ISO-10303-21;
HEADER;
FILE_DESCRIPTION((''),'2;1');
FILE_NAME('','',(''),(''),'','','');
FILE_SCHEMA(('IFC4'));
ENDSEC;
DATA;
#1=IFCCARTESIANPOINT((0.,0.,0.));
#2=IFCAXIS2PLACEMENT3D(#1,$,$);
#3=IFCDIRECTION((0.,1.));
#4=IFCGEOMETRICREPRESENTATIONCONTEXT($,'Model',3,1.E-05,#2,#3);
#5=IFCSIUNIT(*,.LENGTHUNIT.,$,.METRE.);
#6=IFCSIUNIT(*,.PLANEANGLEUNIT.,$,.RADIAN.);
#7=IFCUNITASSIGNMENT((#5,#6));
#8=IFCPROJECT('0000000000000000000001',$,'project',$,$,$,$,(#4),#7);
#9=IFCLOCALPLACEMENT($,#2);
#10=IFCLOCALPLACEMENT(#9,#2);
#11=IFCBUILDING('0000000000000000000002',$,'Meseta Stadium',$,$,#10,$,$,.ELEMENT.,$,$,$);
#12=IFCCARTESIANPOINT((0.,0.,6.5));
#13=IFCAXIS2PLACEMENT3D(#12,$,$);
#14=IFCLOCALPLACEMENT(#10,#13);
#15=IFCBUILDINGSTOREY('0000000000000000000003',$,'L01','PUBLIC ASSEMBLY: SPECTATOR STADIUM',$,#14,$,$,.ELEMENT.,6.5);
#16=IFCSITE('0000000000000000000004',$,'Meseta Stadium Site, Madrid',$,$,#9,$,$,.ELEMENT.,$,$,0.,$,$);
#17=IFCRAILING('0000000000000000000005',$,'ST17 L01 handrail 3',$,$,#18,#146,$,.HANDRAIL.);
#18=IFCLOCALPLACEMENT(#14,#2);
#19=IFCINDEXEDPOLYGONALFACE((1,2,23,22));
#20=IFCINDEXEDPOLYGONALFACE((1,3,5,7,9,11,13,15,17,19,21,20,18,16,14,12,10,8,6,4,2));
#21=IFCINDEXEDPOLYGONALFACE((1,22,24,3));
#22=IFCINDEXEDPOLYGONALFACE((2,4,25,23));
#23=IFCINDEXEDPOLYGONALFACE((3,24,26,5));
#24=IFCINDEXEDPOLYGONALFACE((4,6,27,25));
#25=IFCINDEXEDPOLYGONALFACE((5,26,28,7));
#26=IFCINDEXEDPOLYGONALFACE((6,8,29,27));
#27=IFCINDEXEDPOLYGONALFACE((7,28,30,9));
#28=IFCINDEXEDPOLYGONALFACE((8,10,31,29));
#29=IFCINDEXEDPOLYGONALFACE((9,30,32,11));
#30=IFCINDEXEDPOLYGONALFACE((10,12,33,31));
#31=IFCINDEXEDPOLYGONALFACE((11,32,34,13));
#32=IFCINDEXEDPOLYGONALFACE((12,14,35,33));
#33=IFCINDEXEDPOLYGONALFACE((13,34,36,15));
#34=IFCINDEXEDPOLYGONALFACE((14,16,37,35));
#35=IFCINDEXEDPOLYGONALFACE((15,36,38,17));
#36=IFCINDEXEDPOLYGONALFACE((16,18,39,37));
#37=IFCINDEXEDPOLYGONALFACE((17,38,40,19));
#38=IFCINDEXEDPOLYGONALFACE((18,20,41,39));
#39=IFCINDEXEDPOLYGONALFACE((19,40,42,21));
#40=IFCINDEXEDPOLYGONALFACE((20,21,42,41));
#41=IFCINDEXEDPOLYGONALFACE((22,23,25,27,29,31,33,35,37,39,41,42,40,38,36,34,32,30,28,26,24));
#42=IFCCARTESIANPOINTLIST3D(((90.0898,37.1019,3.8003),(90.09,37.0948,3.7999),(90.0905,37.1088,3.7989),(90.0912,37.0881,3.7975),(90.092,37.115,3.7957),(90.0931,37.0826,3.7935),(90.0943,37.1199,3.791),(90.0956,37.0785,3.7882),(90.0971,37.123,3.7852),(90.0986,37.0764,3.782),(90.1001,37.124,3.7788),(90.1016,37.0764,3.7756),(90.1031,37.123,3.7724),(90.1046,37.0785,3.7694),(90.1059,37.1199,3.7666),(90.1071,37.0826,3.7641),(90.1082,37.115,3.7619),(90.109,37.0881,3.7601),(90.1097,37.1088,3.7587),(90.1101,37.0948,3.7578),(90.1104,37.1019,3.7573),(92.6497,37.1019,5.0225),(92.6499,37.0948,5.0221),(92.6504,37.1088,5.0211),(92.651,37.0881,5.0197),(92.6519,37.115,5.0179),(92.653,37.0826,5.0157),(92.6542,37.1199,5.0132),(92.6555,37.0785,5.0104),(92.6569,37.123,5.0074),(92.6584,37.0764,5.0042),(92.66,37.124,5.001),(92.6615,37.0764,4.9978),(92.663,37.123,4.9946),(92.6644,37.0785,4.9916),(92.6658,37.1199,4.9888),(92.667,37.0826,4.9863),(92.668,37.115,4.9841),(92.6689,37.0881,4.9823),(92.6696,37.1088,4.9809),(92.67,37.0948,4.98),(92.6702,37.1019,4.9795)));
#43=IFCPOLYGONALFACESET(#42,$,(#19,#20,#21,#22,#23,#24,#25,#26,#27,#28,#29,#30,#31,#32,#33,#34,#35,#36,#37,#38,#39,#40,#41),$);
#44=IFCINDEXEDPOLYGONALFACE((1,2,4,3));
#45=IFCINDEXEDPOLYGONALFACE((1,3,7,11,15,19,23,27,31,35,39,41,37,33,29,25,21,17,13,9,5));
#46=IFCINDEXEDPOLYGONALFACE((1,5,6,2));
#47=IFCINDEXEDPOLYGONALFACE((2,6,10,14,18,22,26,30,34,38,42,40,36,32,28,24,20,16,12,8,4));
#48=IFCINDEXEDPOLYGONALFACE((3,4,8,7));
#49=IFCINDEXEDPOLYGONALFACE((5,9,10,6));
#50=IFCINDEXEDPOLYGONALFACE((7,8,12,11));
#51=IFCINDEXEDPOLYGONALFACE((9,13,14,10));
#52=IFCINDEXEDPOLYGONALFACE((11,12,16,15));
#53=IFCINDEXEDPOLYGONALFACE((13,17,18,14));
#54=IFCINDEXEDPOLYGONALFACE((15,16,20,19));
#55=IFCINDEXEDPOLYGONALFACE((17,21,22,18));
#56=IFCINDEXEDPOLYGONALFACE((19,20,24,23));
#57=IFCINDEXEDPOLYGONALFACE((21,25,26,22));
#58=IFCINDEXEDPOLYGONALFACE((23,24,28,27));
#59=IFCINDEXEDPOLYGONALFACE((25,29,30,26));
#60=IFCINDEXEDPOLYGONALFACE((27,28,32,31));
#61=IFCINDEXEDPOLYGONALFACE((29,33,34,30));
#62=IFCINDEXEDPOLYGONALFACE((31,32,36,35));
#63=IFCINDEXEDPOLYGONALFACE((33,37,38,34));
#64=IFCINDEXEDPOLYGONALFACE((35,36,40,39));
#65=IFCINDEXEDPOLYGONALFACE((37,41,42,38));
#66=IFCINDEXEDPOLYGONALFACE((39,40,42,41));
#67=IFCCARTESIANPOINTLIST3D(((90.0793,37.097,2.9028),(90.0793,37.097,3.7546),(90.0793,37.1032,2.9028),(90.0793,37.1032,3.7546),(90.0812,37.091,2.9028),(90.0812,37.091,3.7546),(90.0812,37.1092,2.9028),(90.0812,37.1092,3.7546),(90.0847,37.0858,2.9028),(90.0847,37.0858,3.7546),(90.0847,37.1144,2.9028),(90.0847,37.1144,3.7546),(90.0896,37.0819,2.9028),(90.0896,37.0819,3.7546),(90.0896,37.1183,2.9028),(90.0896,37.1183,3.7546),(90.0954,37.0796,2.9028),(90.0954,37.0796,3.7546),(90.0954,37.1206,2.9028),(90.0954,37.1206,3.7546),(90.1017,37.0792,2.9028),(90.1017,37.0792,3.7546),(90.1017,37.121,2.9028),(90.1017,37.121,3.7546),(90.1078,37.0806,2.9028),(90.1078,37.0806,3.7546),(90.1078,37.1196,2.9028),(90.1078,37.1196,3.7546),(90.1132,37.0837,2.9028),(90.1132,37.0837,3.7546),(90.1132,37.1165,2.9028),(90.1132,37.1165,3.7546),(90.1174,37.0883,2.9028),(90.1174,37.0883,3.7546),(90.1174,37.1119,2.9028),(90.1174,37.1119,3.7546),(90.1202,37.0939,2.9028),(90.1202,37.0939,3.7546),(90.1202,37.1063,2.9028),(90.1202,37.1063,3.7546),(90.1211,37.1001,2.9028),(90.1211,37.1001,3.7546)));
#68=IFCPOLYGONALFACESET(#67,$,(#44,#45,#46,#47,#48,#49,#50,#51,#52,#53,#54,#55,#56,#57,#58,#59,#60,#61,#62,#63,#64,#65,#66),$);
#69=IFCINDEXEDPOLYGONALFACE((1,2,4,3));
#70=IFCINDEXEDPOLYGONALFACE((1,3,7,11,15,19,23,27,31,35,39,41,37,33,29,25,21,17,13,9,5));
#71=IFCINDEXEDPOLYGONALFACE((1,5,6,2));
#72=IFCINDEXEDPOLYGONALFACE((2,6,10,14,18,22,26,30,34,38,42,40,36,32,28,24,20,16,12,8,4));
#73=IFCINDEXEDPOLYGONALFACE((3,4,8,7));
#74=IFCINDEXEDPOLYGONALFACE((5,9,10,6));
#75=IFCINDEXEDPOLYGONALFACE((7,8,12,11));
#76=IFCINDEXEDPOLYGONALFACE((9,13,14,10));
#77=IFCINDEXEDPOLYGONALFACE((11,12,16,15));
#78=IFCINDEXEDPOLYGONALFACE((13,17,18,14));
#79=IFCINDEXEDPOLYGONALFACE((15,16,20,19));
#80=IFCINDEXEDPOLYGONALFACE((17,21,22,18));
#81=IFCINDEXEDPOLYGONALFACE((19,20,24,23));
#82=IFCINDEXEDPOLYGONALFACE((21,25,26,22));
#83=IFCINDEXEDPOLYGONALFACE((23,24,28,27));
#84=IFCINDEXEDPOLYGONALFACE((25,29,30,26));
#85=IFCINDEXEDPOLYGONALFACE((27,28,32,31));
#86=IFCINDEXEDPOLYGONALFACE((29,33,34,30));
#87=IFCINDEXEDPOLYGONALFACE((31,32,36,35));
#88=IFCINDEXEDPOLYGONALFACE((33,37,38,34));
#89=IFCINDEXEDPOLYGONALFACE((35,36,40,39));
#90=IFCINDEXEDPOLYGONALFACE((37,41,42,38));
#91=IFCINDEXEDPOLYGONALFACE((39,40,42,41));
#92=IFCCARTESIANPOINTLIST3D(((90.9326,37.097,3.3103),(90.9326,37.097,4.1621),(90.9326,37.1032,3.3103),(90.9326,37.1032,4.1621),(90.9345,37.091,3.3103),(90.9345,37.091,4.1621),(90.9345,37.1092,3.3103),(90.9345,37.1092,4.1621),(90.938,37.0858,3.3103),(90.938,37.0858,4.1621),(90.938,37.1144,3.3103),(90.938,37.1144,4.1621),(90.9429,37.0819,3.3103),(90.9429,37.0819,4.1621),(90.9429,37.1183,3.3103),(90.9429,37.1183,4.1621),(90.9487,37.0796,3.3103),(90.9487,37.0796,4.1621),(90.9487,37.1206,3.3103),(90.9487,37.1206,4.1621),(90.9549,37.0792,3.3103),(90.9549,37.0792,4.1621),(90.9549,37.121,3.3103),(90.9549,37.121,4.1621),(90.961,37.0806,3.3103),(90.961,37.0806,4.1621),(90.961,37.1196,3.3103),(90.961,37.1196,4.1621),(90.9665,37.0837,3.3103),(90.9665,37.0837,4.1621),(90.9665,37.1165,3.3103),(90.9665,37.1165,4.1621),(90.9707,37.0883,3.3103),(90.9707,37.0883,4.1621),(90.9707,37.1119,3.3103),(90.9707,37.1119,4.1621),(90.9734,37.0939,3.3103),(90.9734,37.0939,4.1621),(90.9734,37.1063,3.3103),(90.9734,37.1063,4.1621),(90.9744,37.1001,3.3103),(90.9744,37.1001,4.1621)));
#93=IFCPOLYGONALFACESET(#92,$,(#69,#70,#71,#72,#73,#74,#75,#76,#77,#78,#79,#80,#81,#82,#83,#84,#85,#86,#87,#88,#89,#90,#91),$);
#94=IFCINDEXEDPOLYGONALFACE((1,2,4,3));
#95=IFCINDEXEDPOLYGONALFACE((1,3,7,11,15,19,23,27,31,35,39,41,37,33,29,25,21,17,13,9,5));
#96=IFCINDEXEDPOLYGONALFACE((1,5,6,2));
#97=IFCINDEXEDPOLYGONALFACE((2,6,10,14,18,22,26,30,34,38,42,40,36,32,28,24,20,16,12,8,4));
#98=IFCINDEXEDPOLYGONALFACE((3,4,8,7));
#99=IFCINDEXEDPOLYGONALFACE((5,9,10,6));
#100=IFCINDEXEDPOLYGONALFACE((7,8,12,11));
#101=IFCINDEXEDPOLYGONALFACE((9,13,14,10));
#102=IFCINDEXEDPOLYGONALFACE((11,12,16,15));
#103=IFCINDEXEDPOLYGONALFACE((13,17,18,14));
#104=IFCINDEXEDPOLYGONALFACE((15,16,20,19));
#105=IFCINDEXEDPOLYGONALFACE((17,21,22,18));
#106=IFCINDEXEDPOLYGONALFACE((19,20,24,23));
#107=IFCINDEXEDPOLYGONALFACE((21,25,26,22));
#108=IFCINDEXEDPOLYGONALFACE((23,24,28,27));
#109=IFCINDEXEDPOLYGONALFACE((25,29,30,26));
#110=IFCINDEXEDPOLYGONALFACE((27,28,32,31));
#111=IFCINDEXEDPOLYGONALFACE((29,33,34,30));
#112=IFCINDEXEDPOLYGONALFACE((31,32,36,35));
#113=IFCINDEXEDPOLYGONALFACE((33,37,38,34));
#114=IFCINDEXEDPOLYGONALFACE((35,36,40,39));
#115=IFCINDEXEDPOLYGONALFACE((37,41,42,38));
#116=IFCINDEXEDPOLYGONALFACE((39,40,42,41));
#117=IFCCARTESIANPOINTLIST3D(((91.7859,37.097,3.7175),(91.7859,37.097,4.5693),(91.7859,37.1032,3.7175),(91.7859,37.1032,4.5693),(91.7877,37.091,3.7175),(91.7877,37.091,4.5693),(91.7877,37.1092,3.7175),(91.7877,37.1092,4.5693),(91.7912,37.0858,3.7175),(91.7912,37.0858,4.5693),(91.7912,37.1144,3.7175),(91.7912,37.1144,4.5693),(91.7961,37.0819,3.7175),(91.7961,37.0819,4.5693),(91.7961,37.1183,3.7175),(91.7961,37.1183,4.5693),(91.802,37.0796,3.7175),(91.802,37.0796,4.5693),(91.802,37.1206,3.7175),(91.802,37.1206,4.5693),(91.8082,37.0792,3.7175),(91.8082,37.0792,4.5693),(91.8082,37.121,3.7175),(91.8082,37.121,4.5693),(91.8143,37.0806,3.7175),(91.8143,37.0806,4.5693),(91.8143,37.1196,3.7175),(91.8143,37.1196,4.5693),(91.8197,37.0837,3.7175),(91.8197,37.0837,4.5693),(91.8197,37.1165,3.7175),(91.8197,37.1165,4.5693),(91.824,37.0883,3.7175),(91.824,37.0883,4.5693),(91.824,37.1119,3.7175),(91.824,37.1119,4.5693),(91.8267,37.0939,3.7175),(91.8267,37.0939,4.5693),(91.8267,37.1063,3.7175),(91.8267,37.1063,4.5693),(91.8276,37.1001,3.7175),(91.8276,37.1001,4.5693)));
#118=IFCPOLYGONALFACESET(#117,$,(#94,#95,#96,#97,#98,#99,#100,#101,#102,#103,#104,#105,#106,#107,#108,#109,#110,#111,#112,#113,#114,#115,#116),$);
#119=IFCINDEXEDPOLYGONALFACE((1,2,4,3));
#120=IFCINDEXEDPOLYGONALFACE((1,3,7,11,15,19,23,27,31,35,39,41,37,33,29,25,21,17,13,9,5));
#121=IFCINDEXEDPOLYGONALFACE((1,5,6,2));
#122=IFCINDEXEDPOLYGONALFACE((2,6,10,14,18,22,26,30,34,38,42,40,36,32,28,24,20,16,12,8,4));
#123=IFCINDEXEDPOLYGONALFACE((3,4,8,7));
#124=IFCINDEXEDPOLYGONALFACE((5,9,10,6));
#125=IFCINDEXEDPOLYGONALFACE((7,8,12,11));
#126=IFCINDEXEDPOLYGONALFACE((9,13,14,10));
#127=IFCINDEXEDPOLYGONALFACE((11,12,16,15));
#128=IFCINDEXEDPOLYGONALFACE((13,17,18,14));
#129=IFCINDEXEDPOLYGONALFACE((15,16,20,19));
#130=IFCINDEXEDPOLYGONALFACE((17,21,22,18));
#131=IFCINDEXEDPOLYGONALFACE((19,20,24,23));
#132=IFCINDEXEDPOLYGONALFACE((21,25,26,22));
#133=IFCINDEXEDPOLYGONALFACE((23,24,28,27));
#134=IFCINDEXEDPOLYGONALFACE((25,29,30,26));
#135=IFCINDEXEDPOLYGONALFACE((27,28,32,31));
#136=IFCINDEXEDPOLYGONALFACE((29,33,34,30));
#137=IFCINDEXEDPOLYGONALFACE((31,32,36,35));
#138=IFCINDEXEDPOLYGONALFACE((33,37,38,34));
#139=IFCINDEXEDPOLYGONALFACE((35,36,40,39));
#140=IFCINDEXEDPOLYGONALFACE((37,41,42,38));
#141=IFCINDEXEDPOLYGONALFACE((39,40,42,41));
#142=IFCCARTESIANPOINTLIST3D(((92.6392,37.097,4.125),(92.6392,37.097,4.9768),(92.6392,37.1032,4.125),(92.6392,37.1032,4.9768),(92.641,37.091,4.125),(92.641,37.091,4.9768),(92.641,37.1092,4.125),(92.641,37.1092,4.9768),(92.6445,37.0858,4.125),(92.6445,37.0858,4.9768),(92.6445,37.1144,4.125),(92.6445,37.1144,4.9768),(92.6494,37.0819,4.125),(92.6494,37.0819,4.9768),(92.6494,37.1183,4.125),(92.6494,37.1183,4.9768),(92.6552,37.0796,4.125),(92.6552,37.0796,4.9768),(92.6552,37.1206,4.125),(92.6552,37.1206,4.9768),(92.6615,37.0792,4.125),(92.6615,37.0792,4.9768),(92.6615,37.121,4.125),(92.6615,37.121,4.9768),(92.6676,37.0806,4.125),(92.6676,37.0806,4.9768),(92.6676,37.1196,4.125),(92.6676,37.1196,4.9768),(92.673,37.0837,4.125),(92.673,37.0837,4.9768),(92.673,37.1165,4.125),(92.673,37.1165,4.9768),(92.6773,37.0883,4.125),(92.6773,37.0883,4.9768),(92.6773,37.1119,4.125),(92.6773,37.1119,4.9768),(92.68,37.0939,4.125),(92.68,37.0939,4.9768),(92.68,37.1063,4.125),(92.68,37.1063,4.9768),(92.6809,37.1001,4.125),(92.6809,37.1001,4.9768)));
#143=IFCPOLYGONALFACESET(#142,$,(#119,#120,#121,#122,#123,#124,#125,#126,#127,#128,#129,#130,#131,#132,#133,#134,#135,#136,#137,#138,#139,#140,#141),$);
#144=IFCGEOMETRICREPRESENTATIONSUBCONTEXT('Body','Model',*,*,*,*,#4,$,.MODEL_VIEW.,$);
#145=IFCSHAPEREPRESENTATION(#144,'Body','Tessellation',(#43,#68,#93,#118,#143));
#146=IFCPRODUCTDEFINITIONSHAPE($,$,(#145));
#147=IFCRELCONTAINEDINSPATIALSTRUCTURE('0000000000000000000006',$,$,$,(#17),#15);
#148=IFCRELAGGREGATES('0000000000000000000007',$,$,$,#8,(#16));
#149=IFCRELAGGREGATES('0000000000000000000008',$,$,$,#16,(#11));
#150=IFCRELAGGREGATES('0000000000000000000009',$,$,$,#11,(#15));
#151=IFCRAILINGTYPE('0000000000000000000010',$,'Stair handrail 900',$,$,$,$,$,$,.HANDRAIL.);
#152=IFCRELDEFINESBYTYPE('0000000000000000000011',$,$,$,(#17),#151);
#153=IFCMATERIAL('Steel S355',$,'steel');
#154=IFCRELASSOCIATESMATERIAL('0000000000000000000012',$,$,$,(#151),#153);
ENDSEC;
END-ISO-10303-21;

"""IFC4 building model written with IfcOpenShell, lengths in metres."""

from ifc_helpers import new_model, si_unit, direction, frame, origin, origin_2d, place, context, subcontext, project, spatial, circle, extrude, material, type_object, element, save


model = new_model("IFC4")

# Units and contexts
model_context = context("Model", 3, precision=1e-05, world=origin(), true_north=direction((0.0, 1.0)))
body_context = subcontext(model_context, "Body", "Model", "MODEL_VIEW")
ifc_project = project(units=[si_unit("LENGTHUNIT", "METRE"), si_unit("PLANEANGLEUNIT", "RADIAN")], contexts=[model_context])

# Site, building, storey
site_placement = place(None, origin())
site = spatial("IfcSite", under=ifc_project, at=site_placement, Name="Meseta Stadium Site, Madrid", CompositionType="ELEMENT", RefElevation=0.0)
building_placement = place(site_placement, origin())
building = spatial("IfcBuilding", under=site, at=building_placement, Name="Meseta Stadium", CompositionType="ELEMENT")
storey_placement = place(building_placement, frame((0.0, 0.0, 6.5)))
storey = spatial("IfcBuildingStorey", under=building, at=storey_placement, Name="L01", Description="PUBLIC ASSEMBLY: SPECTATOR STADIUM", CompositionType="ELEMENT", Elevation=6.5)

# Railing
ifc_material_1 = material(Name="Steel S355", Category="steel")
railing_type_1 = type_object("IfcRailingType", Name="Stair handrail 900", PredefinedType="HANDRAIL", material=ifc_material_1)
railing_1_placement = place(storey_placement, frame((90.1001, 37.1001, 2.9028)))
element("IfcRailing", 1, at=railing_1_placement, inside=storey, type_object=railing_type_1, Name="ST17 L01 handrail 3", PredefinedType="HANDRAIL", context=body_context, shape_type="SweptSolid", body=[
    extrude(circle(Radius=0.0239, at=origin_2d()), frame((0.0, 0.0, 0.876), z_axis=(0.902421, 0.0, 0.430855), x_axis=(0.0, 1.0, 0.0)), (0.0, 0.0, 1.0), 2.8367),
    extrude(circle(Radius=0.021, at=origin_2d()), origin(), (0.0, 0.0, 1.0), 0.8518),
    extrude(circle(Radius=0.021, at=origin_2d()), frame((0.8533, 0.0, 0.4075)), (0.0, 0.0, 1.0), 0.8518),
    extrude(circle(Radius=0.021, at=origin_2d()), frame((1.7065, 0.0, 0.8147)), (0.0, 0.0, 1.0), 0.8518),
    extrude(circle(Radius=0.021, at=origin_2d()), frame((2.5598, 0.0, 1.2222)), (0.0, 0.0, 1.0), 0.8518),
])

save(model, "model.ifc")
